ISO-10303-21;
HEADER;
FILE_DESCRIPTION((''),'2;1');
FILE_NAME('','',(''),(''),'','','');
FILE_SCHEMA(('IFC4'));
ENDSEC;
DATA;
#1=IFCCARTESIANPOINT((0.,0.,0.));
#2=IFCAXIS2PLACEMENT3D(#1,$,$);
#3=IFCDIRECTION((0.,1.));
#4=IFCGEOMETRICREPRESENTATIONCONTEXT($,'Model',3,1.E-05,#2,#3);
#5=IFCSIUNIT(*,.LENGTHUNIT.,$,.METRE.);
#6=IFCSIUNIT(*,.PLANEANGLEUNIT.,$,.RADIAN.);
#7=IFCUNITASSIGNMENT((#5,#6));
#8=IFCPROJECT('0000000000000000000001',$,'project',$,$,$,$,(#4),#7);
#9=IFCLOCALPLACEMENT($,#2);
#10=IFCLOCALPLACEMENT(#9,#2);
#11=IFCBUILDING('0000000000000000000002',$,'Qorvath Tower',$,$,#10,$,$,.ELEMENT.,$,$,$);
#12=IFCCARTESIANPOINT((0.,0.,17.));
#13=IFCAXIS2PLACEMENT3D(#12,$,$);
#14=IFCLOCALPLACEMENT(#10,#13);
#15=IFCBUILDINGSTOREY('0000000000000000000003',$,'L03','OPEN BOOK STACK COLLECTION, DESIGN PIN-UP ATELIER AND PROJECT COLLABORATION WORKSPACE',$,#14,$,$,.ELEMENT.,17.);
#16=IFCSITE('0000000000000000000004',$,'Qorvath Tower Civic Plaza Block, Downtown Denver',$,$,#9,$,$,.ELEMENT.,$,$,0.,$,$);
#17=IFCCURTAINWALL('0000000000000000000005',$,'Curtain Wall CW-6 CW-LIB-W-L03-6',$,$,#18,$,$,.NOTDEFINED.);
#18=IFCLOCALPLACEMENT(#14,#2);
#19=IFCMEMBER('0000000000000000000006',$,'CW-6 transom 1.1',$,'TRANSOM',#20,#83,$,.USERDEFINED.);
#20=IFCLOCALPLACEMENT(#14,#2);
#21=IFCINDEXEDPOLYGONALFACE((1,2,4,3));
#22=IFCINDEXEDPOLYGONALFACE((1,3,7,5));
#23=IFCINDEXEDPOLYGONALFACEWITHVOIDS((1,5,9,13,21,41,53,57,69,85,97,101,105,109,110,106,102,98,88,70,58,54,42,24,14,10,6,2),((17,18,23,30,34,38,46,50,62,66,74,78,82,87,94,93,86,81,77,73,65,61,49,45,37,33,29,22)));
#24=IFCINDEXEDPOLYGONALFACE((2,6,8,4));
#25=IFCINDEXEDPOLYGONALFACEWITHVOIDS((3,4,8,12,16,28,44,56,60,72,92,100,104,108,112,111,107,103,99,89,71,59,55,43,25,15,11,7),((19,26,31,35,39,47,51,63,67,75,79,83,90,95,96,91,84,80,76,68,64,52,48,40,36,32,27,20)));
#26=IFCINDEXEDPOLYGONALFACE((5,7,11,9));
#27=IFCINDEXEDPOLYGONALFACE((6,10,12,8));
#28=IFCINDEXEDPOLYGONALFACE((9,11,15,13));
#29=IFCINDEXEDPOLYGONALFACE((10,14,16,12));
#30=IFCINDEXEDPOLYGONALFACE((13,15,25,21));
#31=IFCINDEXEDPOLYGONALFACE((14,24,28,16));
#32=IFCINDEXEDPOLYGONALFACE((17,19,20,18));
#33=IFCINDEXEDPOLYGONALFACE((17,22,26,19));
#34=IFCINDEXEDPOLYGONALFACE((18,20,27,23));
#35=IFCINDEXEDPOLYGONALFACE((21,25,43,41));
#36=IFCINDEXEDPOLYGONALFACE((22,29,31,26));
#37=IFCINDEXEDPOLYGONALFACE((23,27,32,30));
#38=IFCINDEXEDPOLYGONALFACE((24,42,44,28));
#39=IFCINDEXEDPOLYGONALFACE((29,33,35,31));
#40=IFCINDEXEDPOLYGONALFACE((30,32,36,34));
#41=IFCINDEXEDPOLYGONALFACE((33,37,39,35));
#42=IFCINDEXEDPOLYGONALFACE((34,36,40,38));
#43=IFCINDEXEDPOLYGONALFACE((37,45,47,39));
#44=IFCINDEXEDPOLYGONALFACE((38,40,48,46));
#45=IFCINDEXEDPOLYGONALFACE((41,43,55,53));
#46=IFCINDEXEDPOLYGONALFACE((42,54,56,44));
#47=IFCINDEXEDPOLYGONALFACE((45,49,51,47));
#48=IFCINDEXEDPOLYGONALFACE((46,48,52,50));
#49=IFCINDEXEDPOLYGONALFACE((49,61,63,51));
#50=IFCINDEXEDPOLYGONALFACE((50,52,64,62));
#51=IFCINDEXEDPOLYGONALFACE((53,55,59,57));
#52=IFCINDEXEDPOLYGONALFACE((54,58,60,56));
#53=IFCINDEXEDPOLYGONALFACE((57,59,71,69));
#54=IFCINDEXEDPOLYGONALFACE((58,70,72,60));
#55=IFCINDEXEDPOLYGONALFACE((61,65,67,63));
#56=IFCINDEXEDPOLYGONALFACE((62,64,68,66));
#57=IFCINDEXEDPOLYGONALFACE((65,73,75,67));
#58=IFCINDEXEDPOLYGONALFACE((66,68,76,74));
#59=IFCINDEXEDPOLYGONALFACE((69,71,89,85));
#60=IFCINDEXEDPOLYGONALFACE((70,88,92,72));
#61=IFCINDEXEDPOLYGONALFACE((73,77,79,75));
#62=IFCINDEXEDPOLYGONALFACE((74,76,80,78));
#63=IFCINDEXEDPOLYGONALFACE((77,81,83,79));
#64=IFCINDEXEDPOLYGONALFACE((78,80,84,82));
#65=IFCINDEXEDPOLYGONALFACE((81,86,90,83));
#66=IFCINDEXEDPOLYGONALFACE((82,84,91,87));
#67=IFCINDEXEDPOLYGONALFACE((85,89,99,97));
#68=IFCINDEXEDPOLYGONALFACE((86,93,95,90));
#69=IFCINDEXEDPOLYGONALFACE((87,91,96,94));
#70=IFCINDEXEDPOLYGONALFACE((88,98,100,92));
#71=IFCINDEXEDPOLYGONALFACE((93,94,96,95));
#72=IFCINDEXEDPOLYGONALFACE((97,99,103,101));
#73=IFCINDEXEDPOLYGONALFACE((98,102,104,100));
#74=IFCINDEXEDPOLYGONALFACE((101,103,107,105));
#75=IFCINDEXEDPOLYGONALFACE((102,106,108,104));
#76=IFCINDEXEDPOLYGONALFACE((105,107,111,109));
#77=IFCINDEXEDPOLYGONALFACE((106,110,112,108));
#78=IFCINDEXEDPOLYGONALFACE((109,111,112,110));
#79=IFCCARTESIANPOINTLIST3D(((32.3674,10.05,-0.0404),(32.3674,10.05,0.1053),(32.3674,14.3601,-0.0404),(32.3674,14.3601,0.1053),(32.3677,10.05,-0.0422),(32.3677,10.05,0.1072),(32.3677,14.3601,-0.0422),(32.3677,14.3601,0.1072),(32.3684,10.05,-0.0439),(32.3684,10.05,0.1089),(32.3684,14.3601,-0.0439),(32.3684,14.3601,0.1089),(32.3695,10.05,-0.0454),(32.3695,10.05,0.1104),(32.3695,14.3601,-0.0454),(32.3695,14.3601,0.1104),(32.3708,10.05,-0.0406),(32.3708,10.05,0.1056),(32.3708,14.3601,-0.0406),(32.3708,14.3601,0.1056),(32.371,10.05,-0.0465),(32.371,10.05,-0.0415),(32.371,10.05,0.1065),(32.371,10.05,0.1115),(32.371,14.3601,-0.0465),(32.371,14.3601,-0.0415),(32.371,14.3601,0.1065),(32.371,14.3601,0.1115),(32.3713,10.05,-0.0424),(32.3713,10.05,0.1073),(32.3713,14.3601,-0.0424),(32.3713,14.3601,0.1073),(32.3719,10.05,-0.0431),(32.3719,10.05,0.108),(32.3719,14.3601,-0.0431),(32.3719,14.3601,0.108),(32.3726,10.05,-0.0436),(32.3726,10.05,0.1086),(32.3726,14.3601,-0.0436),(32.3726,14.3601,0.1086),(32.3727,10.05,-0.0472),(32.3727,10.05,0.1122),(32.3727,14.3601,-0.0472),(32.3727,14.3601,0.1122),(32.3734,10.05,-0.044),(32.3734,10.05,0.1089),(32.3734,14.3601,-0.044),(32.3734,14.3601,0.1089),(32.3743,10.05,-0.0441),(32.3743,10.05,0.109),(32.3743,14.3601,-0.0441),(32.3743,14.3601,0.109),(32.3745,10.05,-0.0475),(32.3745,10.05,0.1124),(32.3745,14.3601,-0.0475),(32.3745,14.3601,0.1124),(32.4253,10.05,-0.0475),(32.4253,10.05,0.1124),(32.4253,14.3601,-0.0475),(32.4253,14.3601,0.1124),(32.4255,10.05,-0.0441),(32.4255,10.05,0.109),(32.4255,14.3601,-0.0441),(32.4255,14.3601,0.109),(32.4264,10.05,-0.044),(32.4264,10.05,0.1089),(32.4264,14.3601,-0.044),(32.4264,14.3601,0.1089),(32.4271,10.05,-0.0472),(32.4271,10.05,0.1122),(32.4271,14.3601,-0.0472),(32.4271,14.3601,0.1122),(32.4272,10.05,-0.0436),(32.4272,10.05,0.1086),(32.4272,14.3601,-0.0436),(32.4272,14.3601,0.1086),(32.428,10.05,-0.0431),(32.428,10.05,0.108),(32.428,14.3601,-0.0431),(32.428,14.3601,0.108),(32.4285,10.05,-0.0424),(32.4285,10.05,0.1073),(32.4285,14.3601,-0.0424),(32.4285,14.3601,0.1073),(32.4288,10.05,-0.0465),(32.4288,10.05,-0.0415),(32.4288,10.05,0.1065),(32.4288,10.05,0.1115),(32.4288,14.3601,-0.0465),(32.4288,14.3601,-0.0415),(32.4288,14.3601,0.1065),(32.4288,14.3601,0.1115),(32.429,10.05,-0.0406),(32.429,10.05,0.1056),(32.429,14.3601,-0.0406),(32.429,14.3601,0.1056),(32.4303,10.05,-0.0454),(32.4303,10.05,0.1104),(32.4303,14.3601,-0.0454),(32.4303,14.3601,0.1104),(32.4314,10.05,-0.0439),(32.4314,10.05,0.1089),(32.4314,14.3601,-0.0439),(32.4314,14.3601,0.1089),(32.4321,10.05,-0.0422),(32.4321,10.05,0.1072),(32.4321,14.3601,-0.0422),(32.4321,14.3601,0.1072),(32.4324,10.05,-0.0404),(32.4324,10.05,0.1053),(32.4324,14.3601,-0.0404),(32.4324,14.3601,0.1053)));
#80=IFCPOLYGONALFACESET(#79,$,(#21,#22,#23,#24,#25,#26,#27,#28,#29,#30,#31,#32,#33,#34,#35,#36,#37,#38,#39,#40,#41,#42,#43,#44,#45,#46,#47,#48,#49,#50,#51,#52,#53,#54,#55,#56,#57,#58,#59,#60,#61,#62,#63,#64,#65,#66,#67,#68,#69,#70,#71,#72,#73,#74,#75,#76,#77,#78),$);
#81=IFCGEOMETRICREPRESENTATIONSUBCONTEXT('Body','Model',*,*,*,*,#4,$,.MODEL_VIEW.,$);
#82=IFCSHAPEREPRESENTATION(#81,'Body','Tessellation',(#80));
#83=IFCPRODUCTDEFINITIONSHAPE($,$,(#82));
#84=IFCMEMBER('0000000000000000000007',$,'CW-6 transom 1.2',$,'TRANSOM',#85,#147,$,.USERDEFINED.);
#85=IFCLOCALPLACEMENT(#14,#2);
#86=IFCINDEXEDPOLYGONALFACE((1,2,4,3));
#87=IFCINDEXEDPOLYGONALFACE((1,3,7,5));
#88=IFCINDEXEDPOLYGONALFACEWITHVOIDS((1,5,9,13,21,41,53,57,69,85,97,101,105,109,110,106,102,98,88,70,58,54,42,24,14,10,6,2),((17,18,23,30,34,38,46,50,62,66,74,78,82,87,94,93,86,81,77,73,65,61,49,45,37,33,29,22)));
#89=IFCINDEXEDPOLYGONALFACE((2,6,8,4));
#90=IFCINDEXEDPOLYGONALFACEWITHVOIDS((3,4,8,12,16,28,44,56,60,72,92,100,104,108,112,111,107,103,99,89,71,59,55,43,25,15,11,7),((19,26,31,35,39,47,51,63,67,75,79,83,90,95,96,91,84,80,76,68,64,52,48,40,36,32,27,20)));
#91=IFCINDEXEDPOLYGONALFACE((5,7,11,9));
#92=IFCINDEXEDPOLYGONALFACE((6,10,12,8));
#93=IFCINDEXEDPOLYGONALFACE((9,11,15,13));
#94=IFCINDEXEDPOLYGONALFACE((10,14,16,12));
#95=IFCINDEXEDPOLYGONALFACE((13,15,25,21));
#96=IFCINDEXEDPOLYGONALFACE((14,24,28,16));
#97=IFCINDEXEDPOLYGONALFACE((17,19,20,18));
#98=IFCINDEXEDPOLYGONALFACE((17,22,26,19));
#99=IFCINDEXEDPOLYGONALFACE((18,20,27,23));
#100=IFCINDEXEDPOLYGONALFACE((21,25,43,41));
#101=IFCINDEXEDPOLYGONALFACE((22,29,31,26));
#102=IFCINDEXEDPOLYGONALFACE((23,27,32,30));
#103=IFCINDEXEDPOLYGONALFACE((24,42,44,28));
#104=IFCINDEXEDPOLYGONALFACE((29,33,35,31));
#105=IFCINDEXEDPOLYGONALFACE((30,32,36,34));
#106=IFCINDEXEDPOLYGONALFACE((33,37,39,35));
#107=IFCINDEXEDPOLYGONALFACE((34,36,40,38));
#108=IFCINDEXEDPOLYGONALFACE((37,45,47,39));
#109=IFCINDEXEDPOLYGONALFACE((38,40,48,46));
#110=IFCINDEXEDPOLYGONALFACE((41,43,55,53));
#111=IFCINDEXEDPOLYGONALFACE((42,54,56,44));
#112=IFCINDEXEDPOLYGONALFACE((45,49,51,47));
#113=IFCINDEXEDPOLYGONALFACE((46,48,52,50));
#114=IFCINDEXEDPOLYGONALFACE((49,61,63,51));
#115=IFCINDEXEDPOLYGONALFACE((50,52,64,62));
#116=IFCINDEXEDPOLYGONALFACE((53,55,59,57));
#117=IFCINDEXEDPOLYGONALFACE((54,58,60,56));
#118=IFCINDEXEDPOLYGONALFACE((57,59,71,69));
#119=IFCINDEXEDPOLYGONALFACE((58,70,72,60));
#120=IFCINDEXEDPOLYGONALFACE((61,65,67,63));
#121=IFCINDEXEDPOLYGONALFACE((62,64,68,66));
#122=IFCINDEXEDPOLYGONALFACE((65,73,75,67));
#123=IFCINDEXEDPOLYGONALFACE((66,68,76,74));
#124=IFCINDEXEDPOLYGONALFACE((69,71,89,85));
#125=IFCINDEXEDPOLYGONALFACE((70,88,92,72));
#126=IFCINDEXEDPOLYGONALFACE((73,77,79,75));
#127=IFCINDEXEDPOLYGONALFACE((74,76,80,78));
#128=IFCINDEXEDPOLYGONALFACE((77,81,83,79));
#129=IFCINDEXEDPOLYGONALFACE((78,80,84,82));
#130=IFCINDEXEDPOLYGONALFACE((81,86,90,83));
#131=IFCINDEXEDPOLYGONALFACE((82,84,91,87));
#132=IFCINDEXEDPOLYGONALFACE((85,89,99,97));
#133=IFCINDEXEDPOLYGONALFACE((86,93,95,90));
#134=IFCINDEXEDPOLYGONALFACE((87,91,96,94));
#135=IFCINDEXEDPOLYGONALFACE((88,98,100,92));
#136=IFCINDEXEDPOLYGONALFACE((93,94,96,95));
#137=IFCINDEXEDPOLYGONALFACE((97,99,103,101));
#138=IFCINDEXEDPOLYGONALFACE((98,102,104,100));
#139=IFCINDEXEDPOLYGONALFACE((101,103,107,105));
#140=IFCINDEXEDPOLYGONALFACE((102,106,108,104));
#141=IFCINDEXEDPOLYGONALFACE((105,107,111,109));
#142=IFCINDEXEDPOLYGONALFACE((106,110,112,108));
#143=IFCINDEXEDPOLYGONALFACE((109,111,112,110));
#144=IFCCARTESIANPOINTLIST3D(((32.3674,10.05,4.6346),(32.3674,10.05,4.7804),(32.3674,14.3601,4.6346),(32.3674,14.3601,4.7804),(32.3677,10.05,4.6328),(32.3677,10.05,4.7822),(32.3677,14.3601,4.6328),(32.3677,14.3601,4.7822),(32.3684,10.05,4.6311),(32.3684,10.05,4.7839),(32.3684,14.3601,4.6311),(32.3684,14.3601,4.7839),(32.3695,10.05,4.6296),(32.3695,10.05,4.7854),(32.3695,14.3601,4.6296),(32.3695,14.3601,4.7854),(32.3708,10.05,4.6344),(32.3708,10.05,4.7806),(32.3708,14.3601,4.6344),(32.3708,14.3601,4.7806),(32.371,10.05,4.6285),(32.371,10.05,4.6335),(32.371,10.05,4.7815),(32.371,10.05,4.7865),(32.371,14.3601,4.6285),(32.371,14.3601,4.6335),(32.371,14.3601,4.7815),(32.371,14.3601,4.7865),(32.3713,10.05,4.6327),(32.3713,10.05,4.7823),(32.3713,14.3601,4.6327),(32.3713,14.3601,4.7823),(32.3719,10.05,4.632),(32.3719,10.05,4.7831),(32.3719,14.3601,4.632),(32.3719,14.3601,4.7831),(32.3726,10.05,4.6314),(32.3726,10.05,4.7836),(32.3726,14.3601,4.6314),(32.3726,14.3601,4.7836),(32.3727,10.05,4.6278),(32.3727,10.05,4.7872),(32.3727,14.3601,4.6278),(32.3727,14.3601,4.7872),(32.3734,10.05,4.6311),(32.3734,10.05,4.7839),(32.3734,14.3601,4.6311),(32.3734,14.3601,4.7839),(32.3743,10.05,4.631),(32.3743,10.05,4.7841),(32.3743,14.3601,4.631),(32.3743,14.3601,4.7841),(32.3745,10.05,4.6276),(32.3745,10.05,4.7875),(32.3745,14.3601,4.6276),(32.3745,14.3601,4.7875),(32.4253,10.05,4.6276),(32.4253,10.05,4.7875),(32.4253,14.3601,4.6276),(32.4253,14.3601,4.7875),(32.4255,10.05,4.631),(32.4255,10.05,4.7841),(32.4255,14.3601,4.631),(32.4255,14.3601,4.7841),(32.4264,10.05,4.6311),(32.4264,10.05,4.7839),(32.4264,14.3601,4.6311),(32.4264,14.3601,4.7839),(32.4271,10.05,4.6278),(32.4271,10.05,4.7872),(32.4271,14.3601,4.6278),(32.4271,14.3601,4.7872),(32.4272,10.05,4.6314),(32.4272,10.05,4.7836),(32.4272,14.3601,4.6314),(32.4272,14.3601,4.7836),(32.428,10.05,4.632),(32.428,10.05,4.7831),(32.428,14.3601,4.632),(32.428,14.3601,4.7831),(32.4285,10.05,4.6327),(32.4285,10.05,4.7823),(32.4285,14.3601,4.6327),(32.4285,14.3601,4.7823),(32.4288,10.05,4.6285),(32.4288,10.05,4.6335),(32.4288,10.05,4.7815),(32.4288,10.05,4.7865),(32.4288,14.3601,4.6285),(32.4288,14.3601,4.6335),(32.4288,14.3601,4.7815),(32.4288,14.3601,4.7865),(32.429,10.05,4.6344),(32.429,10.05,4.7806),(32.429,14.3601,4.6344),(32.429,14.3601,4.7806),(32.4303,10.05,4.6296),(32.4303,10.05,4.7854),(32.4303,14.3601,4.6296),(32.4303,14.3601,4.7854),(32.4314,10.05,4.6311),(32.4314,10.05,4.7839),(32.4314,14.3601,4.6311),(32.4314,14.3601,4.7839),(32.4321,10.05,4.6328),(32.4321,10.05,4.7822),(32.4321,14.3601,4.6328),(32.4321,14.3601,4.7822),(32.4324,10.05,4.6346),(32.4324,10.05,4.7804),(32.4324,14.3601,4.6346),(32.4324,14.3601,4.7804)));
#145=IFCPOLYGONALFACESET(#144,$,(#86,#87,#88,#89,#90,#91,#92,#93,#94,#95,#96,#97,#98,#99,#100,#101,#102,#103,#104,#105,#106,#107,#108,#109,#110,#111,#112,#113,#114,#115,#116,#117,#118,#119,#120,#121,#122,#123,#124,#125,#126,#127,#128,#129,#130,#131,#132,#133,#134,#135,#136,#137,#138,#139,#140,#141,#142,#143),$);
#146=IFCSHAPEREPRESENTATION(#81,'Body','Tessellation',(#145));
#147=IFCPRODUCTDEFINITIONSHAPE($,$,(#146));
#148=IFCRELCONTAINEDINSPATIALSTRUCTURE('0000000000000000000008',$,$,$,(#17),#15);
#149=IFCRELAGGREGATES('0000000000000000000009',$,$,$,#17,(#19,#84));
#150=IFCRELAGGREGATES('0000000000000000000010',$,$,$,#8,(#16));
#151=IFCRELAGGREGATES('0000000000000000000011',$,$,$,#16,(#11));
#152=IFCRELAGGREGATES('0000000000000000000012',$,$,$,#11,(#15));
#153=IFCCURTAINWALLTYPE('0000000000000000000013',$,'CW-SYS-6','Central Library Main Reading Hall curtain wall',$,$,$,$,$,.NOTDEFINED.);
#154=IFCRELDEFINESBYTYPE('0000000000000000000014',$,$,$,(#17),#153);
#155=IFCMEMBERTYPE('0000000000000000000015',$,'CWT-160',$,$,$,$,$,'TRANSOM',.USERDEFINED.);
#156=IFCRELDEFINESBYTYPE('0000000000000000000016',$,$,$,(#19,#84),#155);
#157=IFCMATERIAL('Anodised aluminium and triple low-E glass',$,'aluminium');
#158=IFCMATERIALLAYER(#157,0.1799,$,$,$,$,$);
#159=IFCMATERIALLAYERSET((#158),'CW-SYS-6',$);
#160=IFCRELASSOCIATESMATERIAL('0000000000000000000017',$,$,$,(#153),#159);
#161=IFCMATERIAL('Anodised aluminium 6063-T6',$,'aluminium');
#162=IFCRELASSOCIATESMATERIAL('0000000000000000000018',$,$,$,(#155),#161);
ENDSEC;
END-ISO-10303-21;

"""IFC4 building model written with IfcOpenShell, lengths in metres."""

from ifc_helpers import new_model, si_unit, direction, frame, origin, origin_2d, place, context, subcontext, project, spatial, hollow_rectangle, extrude, material, layer, layer_set, material_profile, profile_set, type_object, element, aggregate, save


model = new_model("IFC4")

# Units and contexts
model_context = context("Model", 3, precision=1e-05, world=origin(), true_north=direction((0.0, 1.0)))
body_context = subcontext(model_context, "Body", "Model", "MODEL_VIEW")
ifc_project = project(units=[si_unit("LENGTHUNIT", "METRE"), si_unit("PLANEANGLEUNIT", "RADIAN")], contexts=[model_context])

# Site, building, storey
site_placement = place(None, origin())
site = spatial("IfcSite", under=ifc_project, at=site_placement, Name="Qorvath Tower Civic Plaza Block, Downtown Denver", CompositionType="ELEMENT", RefElevation=0.0)
building_placement = place(site_placement, origin())
building = spatial("IfcBuilding", under=site, at=building_placement, Name="Qorvath Tower", CompositionType="ELEMENT")
storey_placement = place(building_placement, frame((0.0, 0.0, 17.0)))
storey = spatial("IfcBuildingStorey", under=building, at=storey_placement, Name="L03", Description="OPEN BOOK STACK COLLECTION, DESIGN PIN-UP ATELIER AND PROJECT COLLABORATION WORKSPACE", CompositionType="ELEMENT", Elevation=17.0)

# Curtain wall, members
ifc_material_1 = material(Name="Anodised aluminium and triple low-E glass", Category="aluminium")
ifc_layer_1 = layer(ifc_material_1, 0.1799)
ifc_layer_set_1 = layer_set([ifc_layer_1], Name="CW-SYS-6")
curtain_wall_type = type_object("IfcCurtainWallType", Name="CW-SYS-6", Description="Central Library Main Reading Hall curtain wall", PredefinedType="NOTDEFINED", material=ifc_layer_set_1)
curtain_wall_placement = place(storey_placement, origin())
curtain_wall = element("IfcCurtainWall", 1, at=curtain_wall_placement, inside=storey, type_object=curtain_wall_type, Name="Curtain Wall CW-6 CW-LIB-W-L03-6", PredefinedType="NOTDEFINED")
ifc_material_2 = material(Name="Anodised aluminium 6063-T6", Category="aluminium")
ifc_material_profile_1 = material_profile(ifc_material_2, hollow_rectangle(XDim=0.0649, YDim=0.1599, WallThickness=0.0034, InnerFilletRadius=0.0034, OuterFilletRadius=0.0071, at=origin_2d()), Name="CWT 160x65")
ifc_profile_set_1 = profile_set([ifc_material_profile_1], Name="Anodised aluminium 6063-T6")
member_type_1 = type_object("IfcMemberType", Name="CWT-160", ElementType="TRANSOM", PredefinedType="USERDEFINED", material=ifc_profile_set_1)
member_1_placement = place(storey_placement, frame((32.3999, 10.05, 0.0325), z_axis=(0.0, 1.0, 0.0), x_axis=(-1.0, 0.0, 0.0)))
member_1 = element("IfcMember", 2, at=member_1_placement, type_object=member_type_1, Name="CW-6 transom 1.1", ObjectType="TRANSOM", PredefinedType="USERDEFINED", context=body_context, shape_type="SweptSolid", body=[
    extrude(hollow_rectangle(XDim=0.0649, YDim=0.1599, WallThickness=0.0034, InnerFilletRadius=0.0034, OuterFilletRadius=0.0071, at=origin_2d()), origin(), (0.0, 0.0, 1.0), 4.3101),
])
member_2_placement = place(storey_placement, frame((32.3999, 10.05, 4.7075), z_axis=(0.0, 1.0, 0.0), x_axis=(-1.0, 0.0, 0.0)))
member_2 = element("IfcMember", 3, at=member_2_placement, type_object=member_type_1, Name="CW-6 transom 1.2", ObjectType="TRANSOM", PredefinedType="USERDEFINED", context=body_context, shape_type="SweptSolid", body=[
    extrude(hollow_rectangle(XDim=0.0649, YDim=0.1599, WallThickness=0.0034, InnerFilletRadius=0.0034, OuterFilletRadius=0.0071, at=origin_2d()), origin(), (0.0, 0.0, 1.0), 4.3101),
])
aggregate(curtain_wall, [member_1, member_2])

save(model, "model.ifc")
